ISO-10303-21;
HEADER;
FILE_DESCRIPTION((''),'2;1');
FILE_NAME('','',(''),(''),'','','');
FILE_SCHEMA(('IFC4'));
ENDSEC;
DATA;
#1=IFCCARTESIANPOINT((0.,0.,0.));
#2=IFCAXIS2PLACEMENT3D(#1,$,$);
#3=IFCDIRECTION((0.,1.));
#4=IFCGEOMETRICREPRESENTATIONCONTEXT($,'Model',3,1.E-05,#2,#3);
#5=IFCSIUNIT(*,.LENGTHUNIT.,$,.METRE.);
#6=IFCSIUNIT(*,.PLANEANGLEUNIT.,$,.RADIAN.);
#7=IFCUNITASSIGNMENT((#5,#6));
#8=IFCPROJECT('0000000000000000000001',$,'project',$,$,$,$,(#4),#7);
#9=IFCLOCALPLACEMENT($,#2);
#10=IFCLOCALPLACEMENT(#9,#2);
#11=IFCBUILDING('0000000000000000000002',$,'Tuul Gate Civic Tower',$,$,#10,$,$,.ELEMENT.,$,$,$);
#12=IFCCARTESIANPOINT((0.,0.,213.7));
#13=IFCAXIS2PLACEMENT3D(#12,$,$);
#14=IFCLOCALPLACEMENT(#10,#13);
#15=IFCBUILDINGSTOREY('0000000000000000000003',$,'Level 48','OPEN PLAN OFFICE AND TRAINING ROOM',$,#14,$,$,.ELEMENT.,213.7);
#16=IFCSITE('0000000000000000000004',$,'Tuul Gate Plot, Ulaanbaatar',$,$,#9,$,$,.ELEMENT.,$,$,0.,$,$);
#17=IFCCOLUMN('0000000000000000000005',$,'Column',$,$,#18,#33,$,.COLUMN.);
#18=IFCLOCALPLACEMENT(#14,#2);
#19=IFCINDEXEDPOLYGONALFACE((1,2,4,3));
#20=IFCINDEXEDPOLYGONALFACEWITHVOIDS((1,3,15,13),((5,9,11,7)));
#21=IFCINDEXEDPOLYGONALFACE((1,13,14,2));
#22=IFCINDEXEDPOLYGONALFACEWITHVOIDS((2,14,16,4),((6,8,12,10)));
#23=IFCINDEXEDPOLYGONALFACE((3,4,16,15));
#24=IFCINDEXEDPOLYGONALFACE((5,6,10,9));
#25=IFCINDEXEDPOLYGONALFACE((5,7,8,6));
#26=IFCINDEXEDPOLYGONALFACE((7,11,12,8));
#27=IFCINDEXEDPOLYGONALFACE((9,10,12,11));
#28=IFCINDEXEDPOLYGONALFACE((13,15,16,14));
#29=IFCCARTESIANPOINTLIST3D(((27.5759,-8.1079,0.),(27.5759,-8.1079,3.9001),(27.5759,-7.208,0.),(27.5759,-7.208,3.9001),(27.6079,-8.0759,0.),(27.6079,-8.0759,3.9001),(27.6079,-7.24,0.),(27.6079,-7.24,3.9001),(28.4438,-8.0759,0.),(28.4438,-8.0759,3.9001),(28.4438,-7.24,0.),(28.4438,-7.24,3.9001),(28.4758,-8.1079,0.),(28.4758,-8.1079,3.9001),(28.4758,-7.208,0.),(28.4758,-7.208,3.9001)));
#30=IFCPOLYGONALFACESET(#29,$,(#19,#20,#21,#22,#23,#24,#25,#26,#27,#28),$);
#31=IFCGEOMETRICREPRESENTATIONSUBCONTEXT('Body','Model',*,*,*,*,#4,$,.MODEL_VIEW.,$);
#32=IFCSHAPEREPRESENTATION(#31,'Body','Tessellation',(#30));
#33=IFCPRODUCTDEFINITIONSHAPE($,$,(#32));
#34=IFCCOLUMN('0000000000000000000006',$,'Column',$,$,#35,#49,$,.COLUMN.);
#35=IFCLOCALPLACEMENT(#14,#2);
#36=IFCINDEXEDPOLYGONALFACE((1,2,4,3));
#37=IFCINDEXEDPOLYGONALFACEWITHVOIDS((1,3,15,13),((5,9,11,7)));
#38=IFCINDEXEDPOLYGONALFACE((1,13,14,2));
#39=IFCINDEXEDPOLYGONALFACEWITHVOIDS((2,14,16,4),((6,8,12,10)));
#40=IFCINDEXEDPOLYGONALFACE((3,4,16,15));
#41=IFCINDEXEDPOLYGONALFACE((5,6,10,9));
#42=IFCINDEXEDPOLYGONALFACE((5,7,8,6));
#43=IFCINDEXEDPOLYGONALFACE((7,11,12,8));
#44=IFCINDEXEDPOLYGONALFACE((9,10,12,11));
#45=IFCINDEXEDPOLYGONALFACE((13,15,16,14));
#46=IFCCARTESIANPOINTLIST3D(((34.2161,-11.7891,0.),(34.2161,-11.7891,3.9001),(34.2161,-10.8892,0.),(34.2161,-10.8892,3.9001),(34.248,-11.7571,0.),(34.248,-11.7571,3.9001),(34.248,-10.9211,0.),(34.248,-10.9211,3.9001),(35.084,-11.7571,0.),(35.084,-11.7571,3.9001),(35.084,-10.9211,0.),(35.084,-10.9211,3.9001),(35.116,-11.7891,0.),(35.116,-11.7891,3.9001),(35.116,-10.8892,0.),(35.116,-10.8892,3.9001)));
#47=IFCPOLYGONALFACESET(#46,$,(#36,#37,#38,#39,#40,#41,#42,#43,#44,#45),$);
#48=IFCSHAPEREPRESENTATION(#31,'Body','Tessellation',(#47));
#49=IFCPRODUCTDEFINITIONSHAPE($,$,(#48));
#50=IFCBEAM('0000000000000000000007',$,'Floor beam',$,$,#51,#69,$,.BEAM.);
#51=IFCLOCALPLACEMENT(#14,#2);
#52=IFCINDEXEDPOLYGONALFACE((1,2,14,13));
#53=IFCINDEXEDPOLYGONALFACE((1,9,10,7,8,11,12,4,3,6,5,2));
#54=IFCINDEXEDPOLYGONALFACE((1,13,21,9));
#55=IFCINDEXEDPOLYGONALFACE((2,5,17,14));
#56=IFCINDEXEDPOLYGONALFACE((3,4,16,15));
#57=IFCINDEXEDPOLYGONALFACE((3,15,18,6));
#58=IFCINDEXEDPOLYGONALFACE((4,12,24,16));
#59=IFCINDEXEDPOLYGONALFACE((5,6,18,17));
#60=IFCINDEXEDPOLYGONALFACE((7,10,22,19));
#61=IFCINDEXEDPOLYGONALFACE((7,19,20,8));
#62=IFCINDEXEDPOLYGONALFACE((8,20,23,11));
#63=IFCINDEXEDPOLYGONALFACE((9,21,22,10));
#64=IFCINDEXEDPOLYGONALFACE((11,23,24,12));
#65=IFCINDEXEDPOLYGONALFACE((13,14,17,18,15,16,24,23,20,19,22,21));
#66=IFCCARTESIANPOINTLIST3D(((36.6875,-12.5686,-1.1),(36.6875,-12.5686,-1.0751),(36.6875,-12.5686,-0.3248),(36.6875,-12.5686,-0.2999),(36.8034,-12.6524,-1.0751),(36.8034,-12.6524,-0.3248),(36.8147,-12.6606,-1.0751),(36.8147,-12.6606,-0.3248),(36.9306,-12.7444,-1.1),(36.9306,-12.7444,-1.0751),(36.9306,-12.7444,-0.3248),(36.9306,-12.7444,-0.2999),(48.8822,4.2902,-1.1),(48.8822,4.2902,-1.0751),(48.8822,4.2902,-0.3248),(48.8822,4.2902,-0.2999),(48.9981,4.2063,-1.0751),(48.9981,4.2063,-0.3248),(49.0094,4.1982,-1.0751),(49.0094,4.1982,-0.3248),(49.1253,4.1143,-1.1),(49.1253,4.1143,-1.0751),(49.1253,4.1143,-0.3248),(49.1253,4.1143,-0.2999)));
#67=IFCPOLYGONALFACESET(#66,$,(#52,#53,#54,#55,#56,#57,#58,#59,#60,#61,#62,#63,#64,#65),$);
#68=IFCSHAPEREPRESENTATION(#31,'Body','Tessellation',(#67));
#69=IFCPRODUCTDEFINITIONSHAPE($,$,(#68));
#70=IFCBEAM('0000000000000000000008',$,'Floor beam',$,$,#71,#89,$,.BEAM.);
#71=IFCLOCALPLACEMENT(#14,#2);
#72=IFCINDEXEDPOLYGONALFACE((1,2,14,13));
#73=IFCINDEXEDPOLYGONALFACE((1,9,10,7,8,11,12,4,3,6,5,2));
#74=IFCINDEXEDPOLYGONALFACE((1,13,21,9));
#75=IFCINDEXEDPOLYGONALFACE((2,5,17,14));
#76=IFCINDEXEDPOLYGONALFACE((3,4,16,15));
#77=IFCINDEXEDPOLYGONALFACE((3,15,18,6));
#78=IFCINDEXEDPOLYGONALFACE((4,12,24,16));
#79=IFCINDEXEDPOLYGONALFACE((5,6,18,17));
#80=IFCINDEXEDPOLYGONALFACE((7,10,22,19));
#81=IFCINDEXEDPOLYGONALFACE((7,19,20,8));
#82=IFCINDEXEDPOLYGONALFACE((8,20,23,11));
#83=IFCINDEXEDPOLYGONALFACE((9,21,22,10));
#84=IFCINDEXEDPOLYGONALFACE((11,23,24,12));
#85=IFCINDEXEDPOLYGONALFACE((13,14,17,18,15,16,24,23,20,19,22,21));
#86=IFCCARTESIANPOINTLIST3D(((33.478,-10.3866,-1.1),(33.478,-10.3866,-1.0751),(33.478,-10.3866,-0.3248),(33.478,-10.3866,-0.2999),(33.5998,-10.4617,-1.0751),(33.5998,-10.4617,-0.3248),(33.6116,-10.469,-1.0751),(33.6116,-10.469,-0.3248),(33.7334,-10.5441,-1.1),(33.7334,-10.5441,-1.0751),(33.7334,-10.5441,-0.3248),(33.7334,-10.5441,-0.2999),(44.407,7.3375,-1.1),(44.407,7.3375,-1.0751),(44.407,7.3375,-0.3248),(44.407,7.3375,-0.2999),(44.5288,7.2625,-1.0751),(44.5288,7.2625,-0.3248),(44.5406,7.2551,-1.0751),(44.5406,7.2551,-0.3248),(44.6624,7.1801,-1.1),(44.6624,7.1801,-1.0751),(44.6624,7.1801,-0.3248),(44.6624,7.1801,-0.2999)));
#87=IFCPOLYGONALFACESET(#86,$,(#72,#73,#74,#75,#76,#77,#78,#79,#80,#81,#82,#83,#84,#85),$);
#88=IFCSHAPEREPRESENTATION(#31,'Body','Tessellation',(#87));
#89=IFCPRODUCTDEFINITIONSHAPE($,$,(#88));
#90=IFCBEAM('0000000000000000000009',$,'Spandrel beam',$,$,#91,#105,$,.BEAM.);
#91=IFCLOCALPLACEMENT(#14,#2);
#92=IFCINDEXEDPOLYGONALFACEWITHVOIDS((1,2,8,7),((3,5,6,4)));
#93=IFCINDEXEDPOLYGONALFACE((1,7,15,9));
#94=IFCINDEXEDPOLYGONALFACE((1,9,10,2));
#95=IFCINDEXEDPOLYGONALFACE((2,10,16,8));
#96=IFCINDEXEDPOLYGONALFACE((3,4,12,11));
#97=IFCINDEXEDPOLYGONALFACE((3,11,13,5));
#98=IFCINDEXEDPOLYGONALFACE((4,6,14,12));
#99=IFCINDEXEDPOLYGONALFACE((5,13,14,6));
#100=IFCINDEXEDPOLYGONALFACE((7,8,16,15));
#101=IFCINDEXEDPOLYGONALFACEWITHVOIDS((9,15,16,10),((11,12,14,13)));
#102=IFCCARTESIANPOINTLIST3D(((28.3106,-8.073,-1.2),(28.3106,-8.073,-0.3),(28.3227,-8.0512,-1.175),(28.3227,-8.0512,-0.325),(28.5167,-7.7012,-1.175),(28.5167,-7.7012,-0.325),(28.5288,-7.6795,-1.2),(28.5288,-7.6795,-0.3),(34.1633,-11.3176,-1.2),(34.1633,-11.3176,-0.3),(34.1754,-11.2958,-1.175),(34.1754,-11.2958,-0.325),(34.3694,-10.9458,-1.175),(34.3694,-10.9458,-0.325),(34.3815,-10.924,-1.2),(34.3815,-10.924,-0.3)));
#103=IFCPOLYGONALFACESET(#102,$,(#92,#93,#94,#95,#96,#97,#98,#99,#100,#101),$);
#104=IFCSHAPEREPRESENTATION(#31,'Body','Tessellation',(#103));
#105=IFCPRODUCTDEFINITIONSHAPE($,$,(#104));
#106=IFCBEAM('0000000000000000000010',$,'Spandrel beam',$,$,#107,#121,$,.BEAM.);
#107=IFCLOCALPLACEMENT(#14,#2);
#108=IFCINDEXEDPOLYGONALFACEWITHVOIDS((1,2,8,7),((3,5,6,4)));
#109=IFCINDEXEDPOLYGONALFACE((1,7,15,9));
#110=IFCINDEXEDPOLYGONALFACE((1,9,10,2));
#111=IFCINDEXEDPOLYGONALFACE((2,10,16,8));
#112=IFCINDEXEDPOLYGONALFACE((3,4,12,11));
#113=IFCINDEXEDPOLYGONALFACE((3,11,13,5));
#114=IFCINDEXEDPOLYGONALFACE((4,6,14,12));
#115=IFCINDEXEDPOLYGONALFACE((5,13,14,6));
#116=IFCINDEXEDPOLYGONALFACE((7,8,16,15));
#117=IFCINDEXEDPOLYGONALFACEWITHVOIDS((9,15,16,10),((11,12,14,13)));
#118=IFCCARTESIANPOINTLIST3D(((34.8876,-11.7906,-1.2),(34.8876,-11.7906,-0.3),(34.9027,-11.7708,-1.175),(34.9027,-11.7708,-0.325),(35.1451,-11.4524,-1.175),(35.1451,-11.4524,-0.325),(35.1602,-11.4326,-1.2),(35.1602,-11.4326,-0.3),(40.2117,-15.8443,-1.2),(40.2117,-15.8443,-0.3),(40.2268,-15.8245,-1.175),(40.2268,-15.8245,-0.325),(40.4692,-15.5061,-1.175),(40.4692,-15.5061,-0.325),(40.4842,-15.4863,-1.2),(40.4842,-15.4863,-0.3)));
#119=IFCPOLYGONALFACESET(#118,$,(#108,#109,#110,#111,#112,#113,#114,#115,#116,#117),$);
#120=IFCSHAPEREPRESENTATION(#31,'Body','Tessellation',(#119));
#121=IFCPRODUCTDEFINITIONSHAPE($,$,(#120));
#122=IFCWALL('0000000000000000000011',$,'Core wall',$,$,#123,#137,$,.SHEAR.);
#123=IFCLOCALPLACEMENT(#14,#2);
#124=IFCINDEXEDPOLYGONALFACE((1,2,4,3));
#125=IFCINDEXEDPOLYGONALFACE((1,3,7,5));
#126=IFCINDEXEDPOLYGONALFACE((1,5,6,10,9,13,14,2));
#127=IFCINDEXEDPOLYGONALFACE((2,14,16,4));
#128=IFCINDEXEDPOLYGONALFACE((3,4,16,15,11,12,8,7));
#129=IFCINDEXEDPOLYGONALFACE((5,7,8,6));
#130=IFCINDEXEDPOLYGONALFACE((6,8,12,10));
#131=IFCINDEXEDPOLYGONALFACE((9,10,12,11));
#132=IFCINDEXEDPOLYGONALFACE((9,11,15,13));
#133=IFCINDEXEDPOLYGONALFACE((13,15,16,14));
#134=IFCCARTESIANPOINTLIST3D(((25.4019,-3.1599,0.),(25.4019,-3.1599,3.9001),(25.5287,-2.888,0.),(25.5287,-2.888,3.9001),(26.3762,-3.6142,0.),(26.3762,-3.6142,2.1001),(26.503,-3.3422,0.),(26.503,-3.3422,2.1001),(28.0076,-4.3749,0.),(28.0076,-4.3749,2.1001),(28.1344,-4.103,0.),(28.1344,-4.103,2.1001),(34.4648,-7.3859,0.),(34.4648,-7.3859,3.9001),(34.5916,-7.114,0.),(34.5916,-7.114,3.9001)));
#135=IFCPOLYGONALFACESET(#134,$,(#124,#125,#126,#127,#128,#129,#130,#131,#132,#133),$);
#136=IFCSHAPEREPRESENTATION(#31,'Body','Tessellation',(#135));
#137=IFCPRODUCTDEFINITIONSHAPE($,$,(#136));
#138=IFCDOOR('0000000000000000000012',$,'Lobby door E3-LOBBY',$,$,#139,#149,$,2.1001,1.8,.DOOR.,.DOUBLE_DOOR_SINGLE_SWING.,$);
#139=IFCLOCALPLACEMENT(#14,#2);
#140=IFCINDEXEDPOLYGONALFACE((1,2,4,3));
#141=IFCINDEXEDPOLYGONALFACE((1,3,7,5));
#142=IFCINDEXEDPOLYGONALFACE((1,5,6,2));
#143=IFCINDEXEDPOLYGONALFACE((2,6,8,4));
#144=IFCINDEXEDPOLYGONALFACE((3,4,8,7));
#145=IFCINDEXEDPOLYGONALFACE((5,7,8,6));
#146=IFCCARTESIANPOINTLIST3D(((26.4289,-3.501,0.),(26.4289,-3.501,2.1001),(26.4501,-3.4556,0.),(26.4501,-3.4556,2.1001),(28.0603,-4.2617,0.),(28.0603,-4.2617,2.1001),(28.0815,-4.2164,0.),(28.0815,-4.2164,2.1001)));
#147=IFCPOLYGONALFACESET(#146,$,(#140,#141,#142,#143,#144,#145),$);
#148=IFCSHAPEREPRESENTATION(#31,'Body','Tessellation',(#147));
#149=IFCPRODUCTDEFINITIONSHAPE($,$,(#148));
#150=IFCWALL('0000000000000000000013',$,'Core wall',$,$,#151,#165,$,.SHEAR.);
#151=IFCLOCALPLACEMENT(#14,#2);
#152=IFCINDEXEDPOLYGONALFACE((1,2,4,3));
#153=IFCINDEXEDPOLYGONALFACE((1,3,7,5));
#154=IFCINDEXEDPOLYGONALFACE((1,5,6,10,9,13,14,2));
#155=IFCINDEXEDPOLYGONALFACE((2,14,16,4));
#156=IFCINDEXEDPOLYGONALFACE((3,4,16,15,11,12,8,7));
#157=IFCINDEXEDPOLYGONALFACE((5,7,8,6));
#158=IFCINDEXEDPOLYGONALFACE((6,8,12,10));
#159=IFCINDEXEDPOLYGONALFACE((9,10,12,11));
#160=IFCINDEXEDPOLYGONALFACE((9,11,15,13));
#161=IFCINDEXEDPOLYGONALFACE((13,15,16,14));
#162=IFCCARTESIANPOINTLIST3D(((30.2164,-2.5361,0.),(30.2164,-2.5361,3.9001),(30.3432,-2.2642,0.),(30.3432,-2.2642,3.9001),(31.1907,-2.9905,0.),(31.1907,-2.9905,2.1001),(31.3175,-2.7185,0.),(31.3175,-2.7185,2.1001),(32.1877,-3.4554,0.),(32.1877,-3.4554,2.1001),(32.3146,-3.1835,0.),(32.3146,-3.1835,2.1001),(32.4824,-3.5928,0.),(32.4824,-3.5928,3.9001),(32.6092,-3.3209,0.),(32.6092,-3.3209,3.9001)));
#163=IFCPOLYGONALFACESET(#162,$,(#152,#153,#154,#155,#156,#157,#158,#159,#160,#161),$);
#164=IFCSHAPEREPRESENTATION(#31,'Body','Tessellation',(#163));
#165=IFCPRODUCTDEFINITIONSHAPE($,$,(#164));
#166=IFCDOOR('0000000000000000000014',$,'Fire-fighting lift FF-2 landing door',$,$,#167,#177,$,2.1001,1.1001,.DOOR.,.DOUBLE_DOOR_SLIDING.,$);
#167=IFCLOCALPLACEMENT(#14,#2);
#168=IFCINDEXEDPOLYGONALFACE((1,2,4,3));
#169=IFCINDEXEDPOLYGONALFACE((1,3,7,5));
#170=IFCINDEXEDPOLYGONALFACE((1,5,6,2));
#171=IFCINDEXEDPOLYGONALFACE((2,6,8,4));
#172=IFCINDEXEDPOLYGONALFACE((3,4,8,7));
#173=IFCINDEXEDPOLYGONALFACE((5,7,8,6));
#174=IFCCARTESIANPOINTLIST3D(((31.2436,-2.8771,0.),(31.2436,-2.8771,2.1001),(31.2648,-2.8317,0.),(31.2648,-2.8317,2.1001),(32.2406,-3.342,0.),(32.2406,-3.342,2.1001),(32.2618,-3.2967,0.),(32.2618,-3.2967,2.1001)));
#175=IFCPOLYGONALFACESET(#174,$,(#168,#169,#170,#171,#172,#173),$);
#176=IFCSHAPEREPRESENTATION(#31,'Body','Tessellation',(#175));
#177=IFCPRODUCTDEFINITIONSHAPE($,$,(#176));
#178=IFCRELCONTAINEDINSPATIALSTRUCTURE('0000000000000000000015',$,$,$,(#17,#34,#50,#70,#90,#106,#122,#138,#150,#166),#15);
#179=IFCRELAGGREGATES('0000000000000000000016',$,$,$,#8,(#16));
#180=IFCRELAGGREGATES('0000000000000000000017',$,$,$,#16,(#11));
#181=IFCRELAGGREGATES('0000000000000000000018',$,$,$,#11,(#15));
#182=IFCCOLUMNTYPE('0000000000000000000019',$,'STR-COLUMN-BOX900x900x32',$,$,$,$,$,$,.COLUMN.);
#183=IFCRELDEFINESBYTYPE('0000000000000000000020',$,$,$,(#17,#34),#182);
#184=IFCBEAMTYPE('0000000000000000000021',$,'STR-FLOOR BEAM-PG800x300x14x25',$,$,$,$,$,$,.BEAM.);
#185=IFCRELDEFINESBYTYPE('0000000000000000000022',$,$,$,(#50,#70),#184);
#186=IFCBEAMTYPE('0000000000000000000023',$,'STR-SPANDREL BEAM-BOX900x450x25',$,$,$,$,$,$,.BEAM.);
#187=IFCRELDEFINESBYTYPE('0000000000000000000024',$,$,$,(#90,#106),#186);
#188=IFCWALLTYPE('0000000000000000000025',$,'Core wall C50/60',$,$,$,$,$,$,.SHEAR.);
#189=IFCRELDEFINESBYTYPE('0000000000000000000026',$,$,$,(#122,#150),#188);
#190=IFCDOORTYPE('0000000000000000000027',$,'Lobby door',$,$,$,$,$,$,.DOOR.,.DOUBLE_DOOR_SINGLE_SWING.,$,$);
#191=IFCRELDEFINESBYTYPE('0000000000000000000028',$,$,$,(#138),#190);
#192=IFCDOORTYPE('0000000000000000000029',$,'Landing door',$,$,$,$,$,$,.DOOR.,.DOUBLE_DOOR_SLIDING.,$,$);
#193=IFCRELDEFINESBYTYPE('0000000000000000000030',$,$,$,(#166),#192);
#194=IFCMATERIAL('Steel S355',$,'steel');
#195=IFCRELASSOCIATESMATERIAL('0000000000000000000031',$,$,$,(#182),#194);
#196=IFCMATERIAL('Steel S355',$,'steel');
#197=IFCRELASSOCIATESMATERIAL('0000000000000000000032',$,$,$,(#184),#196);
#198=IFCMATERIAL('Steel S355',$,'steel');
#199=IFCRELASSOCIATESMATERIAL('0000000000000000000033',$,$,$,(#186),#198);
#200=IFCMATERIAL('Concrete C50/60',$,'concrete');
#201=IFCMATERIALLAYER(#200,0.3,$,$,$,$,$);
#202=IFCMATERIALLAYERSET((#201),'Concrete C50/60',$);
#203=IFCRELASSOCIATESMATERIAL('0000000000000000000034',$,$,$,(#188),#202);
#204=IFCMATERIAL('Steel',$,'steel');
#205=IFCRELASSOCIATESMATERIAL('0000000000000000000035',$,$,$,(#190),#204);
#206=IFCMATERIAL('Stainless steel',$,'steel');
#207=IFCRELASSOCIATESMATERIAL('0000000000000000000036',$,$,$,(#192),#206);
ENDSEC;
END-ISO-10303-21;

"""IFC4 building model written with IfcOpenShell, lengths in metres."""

from ifc_helpers import new_model, si_unit, direction, frame, frame_2d, origin, origin_2d, place, context, subcontext, project, spatial, rectangle, hollow_rectangle, i_section, extrude, material, layer, layer_set, material_profile, profile_set, type_object, element, fill, save


model = new_model("IFC4")

# Units and contexts
model_context = context("Model", 3, precision=1e-05, world=origin(), true_north=direction((0.0, 1.0)))
body_context = subcontext(model_context, "Body", "Model", "MODEL_VIEW")
ifc_project = project(units=[si_unit("LENGTHUNIT", "METRE"), si_unit("PLANEANGLEUNIT", "RADIAN")], contexts=[model_context])

# Site, building, storey
site_placement = place(None, origin())
site = spatial("IfcSite", under=ifc_project, at=site_placement, Name="Tuul Gate Plot, Ulaanbaatar", CompositionType="ELEMENT", RefElevation=0.0)
building_placement = place(site_placement, origin())
building = spatial("IfcBuilding", under=site, at=building_placement, Name="Tuul Gate Civic Tower", CompositionType="ELEMENT")
storey_placement = place(building_placement, frame((0.0, 0.0, 213.7)))
storey = spatial("IfcBuildingStorey", under=building, at=storey_placement, Name="Level 48", Description="OPEN PLAN OFFICE AND TRAINING ROOM", CompositionType="ELEMENT", Elevation=213.7)

# Columns
ifc_material_1 = material(Name="Steel S355", Category="steel")
ifc_material_profile_1 = material_profile(ifc_material_1, hollow_rectangle(XDim=0.8999, YDim=0.8999, WallThickness=0.032, at=origin_2d()), Name="BOX900x900x32")
ifc_profile_set_1 = profile_set([ifc_material_profile_1], Name="Steel S355")
column_type = type_object("IfcColumnType", Name="STR-COLUMN-BOX900x900x32", PredefinedType="COLUMN", material=ifc_profile_set_1)
for number, where, z_axis, x_axis, name in (
    (1, (28.0259, -7.658, 0.0), (0.0, 0.0, 1.0), (1.0, 0.0, 0.0), "Column"),
    (2, (34.666, -11.3391, 0.0), (0.0, 0.0, 1.0), (1.0, 0.0, 0.0), "Column"),
):
    element("IfcColumn", number, at=place(storey_placement, frame(where, z_axis=z_axis, x_axis=x_axis)), inside=storey, type_object=column_type, Name=name, PredefinedType="COLUMN", context=body_context, shape_type="SweptSolid", body=[
        extrude(hollow_rectangle(XDim=0.8999, YDim=0.8999, WallThickness=0.032, at=origin_2d()), origin(), (0.0, 0.0, 1.0), 3.9001),
    ])

# Beams
ifc_material_2 = material(Name="Steel S355", Category="steel")
ifc_material_profile_2 = material_profile(ifc_material_2, i_section(OverallWidth=0.3, OverallDepth=0.8, WebThickness=0.0139, FlangeThickness=0.0249, at=origin_2d()), Name="PG800x300x14x25")
ifc_profile_set_2 = profile_set([ifc_material_profile_2], Name="Steel S355")
beam_type_1 = type_object("IfcBeamType", Name="STR-FLOOR BEAM-PG800x300x14x25", PredefinedType="BEAM", material=ifc_profile_set_2)
beam_1_placement = place(storey_placement, frame((36.8091, -12.6565, -0.7), z_axis=(0.586087, 0.810248, 0.0), x_axis=(-0.810248, 0.586087, 0.0)))
element("IfcBeam", 3, at=beam_1_placement, inside=storey, type_object=beam_type_1, Name="Floor beam", PredefinedType="BEAM", context=body_context, shape_type="SweptSolid", body=[
    extrude(i_section(OverallWidth=0.3, OverallDepth=0.8, WebThickness=0.0139, FlangeThickness=0.0249, at=origin_2d()), origin(), (0.0, 0.0, 1.0), 20.8069),
])
beam_2_placement = place(storey_placement, frame((33.6057, -10.4653, -0.7), z_axis=(0.524857, 0.851191, 0.0), x_axis=(-0.851191, 0.524857, 0.0)))
element("IfcBeam", 4, at=beam_2_placement, inside=storey, type_object=beam_type_1, Name="Floor beam", PredefinedType="BEAM", context=body_context, shape_type="SweptSolid", body=[
    extrude(i_section(OverallWidth=0.3, OverallDepth=0.8, WebThickness=0.0139, FlangeThickness=0.0249, at=origin_2d()), origin(), (0.0, 0.0, 1.0), 20.8228),
])
ifc_material_3 = material(Name="Steel S355", Category="steel")
ifc_material_profile_3 = material_profile(ifc_material_3, hollow_rectangle(XDim=0.45, YDim=0.8999, WallThickness=0.0249, at=origin_2d()), Name="BOX900x450x25")
ifc_profile_set_3 = profile_set([ifc_material_profile_3], Name="Steel S355")
beam_type_2 = type_object("IfcBeamType", Name="STR-SPANDREL BEAM-BOX900x450x25", PredefinedType="BEAM", material=ifc_profile_set_3)
beam_3_placement = place(storey_placement, frame((28.4197, -7.8762, -0.75), z_axis=(0.874596, -0.484853, 0.0), x_axis=(0.484853, 0.874596, 0.0)))
element("IfcBeam", 5, at=beam_3_placement, inside=storey, type_object=beam_type_2, Name="Spandrel beam", PredefinedType="BEAM", context=body_context, shape_type="SweptSolid", body=[
    extrude(hollow_rectangle(XDim=0.45, YDim=0.8999, WallThickness=0.0249, at=origin_2d()), origin(), (0.0, 0.0, 1.0), 6.6919),
])
beam_4_placement = place(storey_placement, frame((35.0239, -11.6116, -0.75), z_axis=(0.795623, -0.605793, 0.0), x_axis=(0.605793, 0.795623, 0.0)))
element("IfcBeam", 6, at=beam_4_placement, inside=storey, type_object=beam_type_2, Name="Spandrel beam", PredefinedType="BEAM", context=body_context, shape_type="SweptSolid", body=[
    extrude(hollow_rectangle(XDim=0.45, YDim=0.8999, WallThickness=0.0249, at=origin_2d()), origin(), (0.0, 0.0, 1.0), 6.6917),
])

# Walls, openings, doors
ifc_material_4 = material(Name="Concrete C50/60", Category="concrete")
ifc_layer_1 = layer(ifc_material_4, 0.3)
ifc_layer_set_1 = layer_set([ifc_layer_1], Name="Concrete C50/60")
wall_type_1 = type_object("IfcWallType", Name="Core wall C50/60", PredefinedType="SHEAR", material=ifc_layer_set_1)
wall_1_placement = place(storey_placement, frame((34.5283, -7.25, 0.0), z_axis=(0.0, 0.0, 1.0), x_axis=(-0.90631, 0.422613, 0.0)))
wall_1 = element("IfcWall", 7, at=wall_1_placement, inside=storey, type_object=wall_type_1, Name="Core wall", PredefinedType="SHEAR", context=body_context, shape_type="SweptSolid", body=[
    extrude(rectangle(XDim=9.9998, YDim=0.3, at=frame_2d((5.0, 0.0))), origin(), (0.0, 0.0, 1.0), 3.9001),
])
opening_1_placement = place(wall_1_placement, frame((7.125, 0.0, 0.0)))
opening_1 = element("IfcOpeningElement", 8, at=opening_1_placement, cuts=wall_1, PredefinedType="OPENING", context=body_context, shape_type="SweptSolid", body=[
    extrude(rectangle(XDim=1.8, YDim=2.1001, at=frame_2d((0.8999, 1.05))), frame((0.0, 0.1602, 0.0), z_axis=(0.0, -1.0, 0.0), x_axis=(1.0, 0.0, 0.0)), (0.0, 0.0, 1.0), 0.3201),
])
ifc_material_5 = material(Name="Steel", Category="steel")
door_type_1 = type_object("IfcDoorType", Name="Lobby door", OperationType="DOUBLE_DOOR_SINGLE_SWING", PredefinedType="DOOR", material=ifc_material_5)
door_1_placement = place(opening_1_placement, frame((1.8, 0.0, 0.0), z_axis=(0.0, 0.0, 1.0), x_axis=(-1.0, 0.0, 0.0)))
door_1 = element("IfcDoor", 9, at=door_1_placement, inside=storey, type_object=door_type_1, Name="Lobby door E3-LOBBY", OperationType="DOUBLE_DOOR_SINGLE_SWING", OverallHeight=2.1001, OverallWidth=1.8, PredefinedType="DOOR", context=body_context, shape_type="SweptSolid", body=[
    extrude(rectangle(XDim=1.8, YDim=2.1001, at=frame_2d((0.9001, 1.05))), frame((0.0, 0.0249, 0.0), z_axis=(0.0, -1.0, 0.0), x_axis=(1.0, 0.0, 0.0)), (0.0, 0.0, 1.0), 0.05),
])
fill(opening_1, door_1)
wall_2_placement = place(storey_placement, frame((32.5457, -3.4568, 0.0), z_axis=(0.0, 0.0, 1.0), x_axis=(-0.9063, 0.422634, 0.0)))
wall_2 = element("IfcWall", 10, at=wall_2_placement, inside=storey, type_object=wall_type_1, Name="Core wall", PredefinedType="SHEAR", context=body_context, shape_type="SweptSolid", body=[
    extrude(rectangle(XDim=2.5002, YDim=0.3, at=frame_2d((1.25, 0.0))), origin(), (0.0, 0.0, 1.0), 3.9001),
])
opening_2_placement = place(wall_2_placement, frame((0.325, 0.0, 0.0)))
opening_2 = element("IfcOpeningElement", 11, at=opening_2_placement, cuts=wall_2, PredefinedType="OPENING", context=body_context, shape_type="SweptSolid", body=[
    extrude(rectangle(XDim=1.1001, YDim=2.1001, at=frame_2d((0.55, 1.05))), frame((0.0, 0.1602, 0.0), z_axis=(0.0, -1.0, 0.0), x_axis=(1.0, 0.0, 0.0)), (0.0, 0.0, 1.0), 0.3201),
])
ifc_material_6 = material(Name="Stainless steel", Category="steel")
door_type_2 = type_object("IfcDoorType", Name="Landing door", OperationType="DOUBLE_DOOR_SLIDING", PredefinedType="DOOR", material=ifc_material_6)
door_2_placement = place(opening_2_placement, origin())
door_2 = element("IfcDoor", 12, at=door_2_placement, inside=storey, type_object=door_type_2, Name="Fire-fighting lift FF-2 landing door", OperationType="DOUBLE_DOOR_SLIDING", OverallHeight=2.1001, OverallWidth=1.1001, PredefinedType="DOOR", context=body_context, shape_type="SweptSolid", body=[
    extrude(rectangle(XDim=1.1001, YDim=2.1001, at=frame_2d((0.55, 1.05))), frame((0.0, 0.0249, 0.0), z_axis=(0.0, -1.0, 0.0), x_axis=(1.0, 0.0, 0.0)), (0.0, 0.0, 1.0), 0.05),
])
fill(opening_2, door_2)

save(model, "model.ifc")
